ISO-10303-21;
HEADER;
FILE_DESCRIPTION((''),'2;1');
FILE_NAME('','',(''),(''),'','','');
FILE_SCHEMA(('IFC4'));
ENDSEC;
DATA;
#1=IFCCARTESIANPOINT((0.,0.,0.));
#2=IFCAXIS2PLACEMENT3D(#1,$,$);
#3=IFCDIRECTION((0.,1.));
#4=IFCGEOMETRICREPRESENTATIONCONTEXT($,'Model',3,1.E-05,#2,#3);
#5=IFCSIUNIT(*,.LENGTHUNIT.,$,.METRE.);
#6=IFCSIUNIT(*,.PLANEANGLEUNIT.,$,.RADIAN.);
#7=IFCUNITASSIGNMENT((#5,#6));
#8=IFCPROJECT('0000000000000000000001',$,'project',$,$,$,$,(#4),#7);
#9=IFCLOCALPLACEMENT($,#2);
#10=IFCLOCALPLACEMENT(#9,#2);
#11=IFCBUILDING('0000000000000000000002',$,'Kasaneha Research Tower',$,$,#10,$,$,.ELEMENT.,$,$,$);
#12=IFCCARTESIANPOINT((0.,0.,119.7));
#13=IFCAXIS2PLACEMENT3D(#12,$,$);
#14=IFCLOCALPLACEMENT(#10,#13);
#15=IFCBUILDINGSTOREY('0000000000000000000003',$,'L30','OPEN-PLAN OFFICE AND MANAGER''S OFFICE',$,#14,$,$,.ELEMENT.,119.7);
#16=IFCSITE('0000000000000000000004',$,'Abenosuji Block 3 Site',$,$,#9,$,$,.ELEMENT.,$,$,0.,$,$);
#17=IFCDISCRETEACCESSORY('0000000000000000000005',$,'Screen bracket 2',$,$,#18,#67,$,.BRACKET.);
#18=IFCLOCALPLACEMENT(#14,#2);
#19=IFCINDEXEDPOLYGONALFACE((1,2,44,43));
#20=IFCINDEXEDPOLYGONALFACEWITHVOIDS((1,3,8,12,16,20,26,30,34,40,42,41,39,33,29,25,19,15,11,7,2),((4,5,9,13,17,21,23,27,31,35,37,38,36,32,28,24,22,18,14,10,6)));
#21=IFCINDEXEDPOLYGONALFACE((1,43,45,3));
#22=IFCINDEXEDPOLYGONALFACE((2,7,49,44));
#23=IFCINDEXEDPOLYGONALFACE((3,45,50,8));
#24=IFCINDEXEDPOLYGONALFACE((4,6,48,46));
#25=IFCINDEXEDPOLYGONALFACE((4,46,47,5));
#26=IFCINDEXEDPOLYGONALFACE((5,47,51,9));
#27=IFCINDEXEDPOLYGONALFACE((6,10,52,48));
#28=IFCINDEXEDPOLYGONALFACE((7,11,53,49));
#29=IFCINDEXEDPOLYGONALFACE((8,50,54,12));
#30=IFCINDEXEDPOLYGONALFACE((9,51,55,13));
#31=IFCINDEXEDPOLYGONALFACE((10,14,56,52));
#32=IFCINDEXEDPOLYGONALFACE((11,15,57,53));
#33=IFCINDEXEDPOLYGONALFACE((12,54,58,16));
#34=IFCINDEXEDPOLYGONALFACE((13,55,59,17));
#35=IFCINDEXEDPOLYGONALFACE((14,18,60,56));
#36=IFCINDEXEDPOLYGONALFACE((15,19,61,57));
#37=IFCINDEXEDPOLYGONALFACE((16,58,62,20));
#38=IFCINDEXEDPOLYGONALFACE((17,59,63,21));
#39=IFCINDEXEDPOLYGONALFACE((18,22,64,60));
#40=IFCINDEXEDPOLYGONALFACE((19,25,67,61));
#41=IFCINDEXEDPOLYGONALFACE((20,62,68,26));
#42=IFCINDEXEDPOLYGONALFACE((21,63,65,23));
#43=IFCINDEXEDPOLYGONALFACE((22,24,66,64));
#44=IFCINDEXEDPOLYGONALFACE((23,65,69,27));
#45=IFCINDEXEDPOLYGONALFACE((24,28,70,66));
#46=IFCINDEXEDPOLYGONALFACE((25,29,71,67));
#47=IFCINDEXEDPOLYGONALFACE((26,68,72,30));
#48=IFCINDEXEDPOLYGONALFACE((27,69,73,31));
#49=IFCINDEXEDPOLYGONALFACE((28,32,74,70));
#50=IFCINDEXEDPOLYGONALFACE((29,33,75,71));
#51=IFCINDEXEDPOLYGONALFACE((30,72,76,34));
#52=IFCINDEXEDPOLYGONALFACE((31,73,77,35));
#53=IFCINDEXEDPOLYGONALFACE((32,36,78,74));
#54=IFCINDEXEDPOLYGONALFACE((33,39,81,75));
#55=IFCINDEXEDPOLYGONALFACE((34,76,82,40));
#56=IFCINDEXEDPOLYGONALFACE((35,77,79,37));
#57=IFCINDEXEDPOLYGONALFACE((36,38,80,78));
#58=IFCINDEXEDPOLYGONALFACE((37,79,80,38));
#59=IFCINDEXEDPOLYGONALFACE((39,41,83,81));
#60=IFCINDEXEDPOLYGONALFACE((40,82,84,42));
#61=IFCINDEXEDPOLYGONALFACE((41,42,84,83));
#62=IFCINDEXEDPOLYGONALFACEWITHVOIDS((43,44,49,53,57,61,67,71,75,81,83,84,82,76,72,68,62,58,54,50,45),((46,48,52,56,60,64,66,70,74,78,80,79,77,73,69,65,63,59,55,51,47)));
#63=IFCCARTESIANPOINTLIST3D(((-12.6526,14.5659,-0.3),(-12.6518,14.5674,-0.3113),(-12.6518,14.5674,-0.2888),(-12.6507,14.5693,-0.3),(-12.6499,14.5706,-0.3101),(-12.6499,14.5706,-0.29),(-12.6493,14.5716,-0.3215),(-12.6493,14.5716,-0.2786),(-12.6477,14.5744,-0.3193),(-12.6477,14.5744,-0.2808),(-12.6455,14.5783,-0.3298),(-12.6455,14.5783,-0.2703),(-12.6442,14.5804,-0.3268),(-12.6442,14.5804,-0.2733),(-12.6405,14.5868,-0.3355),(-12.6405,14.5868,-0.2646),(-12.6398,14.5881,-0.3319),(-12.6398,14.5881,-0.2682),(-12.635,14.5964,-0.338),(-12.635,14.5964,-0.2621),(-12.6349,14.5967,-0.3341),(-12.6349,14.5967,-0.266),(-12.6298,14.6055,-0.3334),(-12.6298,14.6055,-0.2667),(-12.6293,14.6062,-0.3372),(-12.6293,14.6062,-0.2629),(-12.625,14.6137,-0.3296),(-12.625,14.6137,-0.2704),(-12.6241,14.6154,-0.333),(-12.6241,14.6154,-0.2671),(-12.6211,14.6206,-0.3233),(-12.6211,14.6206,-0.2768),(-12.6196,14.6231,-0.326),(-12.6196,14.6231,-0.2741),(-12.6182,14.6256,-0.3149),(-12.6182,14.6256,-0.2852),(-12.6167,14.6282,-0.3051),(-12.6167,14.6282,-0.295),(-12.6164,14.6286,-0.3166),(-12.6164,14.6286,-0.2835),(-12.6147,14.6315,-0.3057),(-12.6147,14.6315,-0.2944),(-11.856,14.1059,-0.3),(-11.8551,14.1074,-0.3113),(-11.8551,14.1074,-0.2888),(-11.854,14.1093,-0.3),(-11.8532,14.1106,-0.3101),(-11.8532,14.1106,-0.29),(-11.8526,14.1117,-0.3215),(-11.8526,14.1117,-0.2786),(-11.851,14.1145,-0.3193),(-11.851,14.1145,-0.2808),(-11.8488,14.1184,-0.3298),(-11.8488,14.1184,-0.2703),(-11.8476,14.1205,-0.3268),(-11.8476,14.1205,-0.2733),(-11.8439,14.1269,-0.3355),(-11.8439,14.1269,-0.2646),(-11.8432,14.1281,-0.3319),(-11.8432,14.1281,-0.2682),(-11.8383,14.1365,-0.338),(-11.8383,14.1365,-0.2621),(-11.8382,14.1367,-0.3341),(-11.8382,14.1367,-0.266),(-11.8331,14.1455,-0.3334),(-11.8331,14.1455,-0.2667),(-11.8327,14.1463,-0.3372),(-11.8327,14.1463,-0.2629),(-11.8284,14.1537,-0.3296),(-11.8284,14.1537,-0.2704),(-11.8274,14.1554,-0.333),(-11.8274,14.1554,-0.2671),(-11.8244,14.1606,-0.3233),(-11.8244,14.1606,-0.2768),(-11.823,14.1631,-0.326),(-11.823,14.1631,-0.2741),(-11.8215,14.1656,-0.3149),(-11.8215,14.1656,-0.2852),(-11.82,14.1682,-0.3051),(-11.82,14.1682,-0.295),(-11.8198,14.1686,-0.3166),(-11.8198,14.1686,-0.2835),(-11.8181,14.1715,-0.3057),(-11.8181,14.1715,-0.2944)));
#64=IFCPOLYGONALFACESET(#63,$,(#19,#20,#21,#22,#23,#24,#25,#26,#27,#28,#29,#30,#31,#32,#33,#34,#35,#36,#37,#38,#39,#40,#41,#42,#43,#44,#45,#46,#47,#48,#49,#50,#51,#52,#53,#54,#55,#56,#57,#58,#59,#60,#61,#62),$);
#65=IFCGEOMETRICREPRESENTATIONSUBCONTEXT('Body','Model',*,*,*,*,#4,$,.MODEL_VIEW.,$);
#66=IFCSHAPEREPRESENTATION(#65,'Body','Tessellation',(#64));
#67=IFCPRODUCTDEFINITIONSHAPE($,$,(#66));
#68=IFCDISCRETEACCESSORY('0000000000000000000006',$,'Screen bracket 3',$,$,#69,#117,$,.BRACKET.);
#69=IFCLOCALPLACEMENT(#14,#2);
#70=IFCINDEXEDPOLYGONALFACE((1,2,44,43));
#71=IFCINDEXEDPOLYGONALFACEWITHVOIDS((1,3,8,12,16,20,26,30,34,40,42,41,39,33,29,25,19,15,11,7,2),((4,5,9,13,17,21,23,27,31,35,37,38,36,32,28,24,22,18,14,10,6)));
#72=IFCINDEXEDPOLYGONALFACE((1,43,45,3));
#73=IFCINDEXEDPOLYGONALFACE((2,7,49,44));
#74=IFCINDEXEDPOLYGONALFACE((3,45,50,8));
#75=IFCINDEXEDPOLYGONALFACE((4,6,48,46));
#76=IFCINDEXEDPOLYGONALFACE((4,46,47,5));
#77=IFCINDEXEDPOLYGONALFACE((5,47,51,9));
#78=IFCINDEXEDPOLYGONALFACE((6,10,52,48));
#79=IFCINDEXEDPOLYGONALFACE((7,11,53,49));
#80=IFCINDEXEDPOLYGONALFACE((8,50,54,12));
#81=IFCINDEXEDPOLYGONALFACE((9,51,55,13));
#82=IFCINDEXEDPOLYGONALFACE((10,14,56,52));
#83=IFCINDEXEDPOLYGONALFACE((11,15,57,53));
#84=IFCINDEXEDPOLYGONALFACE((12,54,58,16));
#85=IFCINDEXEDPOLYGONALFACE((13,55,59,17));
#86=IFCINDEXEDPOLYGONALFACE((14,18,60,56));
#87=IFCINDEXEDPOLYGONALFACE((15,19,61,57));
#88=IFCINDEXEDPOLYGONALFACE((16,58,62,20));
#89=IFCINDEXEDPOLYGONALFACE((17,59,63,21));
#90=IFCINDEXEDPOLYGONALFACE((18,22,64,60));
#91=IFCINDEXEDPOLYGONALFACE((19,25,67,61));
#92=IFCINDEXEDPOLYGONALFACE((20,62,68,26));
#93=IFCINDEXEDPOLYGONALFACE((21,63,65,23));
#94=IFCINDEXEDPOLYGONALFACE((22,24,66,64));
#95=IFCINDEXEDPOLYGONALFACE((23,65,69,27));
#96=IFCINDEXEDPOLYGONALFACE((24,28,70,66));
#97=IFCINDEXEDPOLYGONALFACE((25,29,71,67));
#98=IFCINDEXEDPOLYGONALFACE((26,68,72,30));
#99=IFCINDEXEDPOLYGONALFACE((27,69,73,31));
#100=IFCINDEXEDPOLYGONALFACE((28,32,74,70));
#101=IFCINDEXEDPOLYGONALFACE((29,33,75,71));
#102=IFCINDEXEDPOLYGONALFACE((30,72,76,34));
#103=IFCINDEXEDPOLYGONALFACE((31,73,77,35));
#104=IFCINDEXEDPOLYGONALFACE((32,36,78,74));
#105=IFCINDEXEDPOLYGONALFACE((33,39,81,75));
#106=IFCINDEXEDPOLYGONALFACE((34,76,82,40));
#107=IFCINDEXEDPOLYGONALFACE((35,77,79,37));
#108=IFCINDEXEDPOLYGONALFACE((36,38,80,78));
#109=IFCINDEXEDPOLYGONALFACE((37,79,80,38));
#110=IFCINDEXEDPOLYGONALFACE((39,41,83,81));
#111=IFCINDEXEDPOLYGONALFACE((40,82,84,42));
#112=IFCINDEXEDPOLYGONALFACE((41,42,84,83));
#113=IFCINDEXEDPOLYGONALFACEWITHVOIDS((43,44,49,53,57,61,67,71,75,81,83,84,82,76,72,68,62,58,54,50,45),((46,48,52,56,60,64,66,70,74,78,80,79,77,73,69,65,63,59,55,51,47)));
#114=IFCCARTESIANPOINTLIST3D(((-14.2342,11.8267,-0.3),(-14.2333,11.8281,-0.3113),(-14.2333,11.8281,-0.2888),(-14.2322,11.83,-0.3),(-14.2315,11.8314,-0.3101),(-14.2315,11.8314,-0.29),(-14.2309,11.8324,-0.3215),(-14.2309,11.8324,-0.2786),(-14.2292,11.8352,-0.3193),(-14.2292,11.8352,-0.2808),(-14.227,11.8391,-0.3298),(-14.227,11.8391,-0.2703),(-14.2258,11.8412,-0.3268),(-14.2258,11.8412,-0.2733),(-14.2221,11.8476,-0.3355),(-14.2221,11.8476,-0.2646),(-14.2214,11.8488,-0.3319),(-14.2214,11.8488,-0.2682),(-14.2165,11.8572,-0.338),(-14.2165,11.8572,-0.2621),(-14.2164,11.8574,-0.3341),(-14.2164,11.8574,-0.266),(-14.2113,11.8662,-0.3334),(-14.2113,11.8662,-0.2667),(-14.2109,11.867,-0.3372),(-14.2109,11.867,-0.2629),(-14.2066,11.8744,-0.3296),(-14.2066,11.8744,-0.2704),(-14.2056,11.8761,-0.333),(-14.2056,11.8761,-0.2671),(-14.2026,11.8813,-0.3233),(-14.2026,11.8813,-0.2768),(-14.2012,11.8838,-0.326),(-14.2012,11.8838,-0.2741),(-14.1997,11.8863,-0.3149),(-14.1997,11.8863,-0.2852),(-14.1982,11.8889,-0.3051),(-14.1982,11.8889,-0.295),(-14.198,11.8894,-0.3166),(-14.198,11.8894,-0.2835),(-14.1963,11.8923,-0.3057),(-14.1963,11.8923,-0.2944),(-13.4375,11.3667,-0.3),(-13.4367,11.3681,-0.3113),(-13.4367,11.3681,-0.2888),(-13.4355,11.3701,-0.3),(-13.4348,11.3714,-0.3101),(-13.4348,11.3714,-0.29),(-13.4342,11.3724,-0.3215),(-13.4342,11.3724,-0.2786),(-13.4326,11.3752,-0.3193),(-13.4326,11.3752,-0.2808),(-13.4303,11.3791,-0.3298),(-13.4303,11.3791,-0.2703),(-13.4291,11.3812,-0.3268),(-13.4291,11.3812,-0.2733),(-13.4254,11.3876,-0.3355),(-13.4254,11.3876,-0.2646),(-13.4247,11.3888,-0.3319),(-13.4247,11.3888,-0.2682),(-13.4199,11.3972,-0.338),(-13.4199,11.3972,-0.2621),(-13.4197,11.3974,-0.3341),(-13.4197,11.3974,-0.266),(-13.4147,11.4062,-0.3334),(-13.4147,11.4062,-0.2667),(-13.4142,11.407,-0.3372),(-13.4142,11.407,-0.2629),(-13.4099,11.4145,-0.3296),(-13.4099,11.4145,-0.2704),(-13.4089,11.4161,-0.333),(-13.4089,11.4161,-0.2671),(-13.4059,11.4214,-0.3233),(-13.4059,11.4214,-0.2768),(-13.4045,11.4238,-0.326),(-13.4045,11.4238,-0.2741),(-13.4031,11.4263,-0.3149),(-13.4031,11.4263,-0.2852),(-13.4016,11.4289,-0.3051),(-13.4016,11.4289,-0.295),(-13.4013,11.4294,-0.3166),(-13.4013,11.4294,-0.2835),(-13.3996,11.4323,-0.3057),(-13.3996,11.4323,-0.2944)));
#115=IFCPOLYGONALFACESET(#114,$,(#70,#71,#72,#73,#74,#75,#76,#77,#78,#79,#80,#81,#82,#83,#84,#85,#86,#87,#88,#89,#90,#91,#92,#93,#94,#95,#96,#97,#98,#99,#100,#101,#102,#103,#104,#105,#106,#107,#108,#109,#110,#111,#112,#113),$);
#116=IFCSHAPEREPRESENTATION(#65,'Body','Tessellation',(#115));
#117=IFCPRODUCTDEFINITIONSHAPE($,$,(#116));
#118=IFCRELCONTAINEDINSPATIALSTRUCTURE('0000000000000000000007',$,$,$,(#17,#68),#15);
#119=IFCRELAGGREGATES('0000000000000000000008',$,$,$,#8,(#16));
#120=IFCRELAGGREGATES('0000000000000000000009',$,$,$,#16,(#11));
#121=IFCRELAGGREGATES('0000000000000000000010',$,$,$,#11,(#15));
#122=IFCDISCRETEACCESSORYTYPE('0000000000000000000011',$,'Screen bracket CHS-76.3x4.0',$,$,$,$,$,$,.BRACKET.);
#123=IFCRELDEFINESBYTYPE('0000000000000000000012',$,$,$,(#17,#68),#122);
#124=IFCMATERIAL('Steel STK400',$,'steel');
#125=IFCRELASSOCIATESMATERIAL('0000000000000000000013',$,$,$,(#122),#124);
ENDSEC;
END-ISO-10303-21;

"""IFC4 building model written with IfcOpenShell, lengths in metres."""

from ifc_helpers import new_model, si_unit, direction, frame, origin, origin_2d, place, context, subcontext, project, spatial, hollow_circle, extrude, material, material_profile, profile_set, type_object, element, save


model = new_model("IFC4")

# Units and contexts
model_context = context("Model", 3, precision=1e-05, world=origin(), true_north=direction((0.0, 1.0)))
body_context = subcontext(model_context, "Body", "Model", "MODEL_VIEW")
ifc_project = project(units=[si_unit("LENGTHUNIT", "METRE"), si_unit("PLANEANGLEUNIT", "RADIAN")], contexts=[model_context])

# Site, building, storey
site_placement = place(None, origin())
site = spatial("IfcSite", under=ifc_project, at=site_placement, Name="Abenosuji Block 3 Site", CompositionType="ELEMENT", RefElevation=0.0)
building_placement = place(site_placement, origin())
building = spatial("IfcBuilding", under=site, at=building_placement, Name="Kasaneha Research Tower", CompositionType="ELEMENT")
storey_placement = place(building_placement, frame((0.0, 0.0, 119.7)))
storey = spatial("IfcBuildingStorey", under=building, at=storey_placement, Name="L30", Description="OPEN-PLAN OFFICE AND MANAGER'S OFFICE", CompositionType="ELEMENT", Elevation=119.7)

# Discrete accessories
ifc_material_1 = material(Name="Steel STK400", Category="steel")
ifc_material_profile_1 = material_profile(ifc_material_1, hollow_circle(Radius=0.0381, WallThickness=0.0039, at=origin_2d()), Name="CHS-76.3x4.0")
ifc_profile_set_1 = profile_set([ifc_material_profile_1], Name="Steel STK400")
discrete_accessory_type = type_object("IfcDiscreteAccessoryType", Name="Screen bracket CHS-76.3x4.0", PredefinedType="BRACKET", material=ifc_profile_set_1)
for number, where, z_axis, x_axis, name in (
    (1, (-11.8369, 14.1389, -0.3), (-0.866013, 0.500021, 0.0), (-0.500021, -0.866013, 0.0), "Screen bracket 2"),
    (2, (-13.4185, 11.3997, -0.3), (-0.866013, 0.500021, 0.0), (-0.500021, -0.866013, 0.0), "Screen bracket 3"),
):
    element("IfcDiscreteAccessory", number, at=place(storey_placement, frame(where, z_axis=z_axis, x_axis=x_axis)), inside=storey, type_object=discrete_accessory_type, Name=name, PredefinedType="BRACKET", context=body_context, shape_type="SweptSolid", body=[
        extrude(hollow_circle(Radius=0.0381, WallThickness=0.0039, at=origin_2d()), origin(), (0.0, 0.0, 1.0), 0.9199),
    ])

save(model, "model.ifc")
